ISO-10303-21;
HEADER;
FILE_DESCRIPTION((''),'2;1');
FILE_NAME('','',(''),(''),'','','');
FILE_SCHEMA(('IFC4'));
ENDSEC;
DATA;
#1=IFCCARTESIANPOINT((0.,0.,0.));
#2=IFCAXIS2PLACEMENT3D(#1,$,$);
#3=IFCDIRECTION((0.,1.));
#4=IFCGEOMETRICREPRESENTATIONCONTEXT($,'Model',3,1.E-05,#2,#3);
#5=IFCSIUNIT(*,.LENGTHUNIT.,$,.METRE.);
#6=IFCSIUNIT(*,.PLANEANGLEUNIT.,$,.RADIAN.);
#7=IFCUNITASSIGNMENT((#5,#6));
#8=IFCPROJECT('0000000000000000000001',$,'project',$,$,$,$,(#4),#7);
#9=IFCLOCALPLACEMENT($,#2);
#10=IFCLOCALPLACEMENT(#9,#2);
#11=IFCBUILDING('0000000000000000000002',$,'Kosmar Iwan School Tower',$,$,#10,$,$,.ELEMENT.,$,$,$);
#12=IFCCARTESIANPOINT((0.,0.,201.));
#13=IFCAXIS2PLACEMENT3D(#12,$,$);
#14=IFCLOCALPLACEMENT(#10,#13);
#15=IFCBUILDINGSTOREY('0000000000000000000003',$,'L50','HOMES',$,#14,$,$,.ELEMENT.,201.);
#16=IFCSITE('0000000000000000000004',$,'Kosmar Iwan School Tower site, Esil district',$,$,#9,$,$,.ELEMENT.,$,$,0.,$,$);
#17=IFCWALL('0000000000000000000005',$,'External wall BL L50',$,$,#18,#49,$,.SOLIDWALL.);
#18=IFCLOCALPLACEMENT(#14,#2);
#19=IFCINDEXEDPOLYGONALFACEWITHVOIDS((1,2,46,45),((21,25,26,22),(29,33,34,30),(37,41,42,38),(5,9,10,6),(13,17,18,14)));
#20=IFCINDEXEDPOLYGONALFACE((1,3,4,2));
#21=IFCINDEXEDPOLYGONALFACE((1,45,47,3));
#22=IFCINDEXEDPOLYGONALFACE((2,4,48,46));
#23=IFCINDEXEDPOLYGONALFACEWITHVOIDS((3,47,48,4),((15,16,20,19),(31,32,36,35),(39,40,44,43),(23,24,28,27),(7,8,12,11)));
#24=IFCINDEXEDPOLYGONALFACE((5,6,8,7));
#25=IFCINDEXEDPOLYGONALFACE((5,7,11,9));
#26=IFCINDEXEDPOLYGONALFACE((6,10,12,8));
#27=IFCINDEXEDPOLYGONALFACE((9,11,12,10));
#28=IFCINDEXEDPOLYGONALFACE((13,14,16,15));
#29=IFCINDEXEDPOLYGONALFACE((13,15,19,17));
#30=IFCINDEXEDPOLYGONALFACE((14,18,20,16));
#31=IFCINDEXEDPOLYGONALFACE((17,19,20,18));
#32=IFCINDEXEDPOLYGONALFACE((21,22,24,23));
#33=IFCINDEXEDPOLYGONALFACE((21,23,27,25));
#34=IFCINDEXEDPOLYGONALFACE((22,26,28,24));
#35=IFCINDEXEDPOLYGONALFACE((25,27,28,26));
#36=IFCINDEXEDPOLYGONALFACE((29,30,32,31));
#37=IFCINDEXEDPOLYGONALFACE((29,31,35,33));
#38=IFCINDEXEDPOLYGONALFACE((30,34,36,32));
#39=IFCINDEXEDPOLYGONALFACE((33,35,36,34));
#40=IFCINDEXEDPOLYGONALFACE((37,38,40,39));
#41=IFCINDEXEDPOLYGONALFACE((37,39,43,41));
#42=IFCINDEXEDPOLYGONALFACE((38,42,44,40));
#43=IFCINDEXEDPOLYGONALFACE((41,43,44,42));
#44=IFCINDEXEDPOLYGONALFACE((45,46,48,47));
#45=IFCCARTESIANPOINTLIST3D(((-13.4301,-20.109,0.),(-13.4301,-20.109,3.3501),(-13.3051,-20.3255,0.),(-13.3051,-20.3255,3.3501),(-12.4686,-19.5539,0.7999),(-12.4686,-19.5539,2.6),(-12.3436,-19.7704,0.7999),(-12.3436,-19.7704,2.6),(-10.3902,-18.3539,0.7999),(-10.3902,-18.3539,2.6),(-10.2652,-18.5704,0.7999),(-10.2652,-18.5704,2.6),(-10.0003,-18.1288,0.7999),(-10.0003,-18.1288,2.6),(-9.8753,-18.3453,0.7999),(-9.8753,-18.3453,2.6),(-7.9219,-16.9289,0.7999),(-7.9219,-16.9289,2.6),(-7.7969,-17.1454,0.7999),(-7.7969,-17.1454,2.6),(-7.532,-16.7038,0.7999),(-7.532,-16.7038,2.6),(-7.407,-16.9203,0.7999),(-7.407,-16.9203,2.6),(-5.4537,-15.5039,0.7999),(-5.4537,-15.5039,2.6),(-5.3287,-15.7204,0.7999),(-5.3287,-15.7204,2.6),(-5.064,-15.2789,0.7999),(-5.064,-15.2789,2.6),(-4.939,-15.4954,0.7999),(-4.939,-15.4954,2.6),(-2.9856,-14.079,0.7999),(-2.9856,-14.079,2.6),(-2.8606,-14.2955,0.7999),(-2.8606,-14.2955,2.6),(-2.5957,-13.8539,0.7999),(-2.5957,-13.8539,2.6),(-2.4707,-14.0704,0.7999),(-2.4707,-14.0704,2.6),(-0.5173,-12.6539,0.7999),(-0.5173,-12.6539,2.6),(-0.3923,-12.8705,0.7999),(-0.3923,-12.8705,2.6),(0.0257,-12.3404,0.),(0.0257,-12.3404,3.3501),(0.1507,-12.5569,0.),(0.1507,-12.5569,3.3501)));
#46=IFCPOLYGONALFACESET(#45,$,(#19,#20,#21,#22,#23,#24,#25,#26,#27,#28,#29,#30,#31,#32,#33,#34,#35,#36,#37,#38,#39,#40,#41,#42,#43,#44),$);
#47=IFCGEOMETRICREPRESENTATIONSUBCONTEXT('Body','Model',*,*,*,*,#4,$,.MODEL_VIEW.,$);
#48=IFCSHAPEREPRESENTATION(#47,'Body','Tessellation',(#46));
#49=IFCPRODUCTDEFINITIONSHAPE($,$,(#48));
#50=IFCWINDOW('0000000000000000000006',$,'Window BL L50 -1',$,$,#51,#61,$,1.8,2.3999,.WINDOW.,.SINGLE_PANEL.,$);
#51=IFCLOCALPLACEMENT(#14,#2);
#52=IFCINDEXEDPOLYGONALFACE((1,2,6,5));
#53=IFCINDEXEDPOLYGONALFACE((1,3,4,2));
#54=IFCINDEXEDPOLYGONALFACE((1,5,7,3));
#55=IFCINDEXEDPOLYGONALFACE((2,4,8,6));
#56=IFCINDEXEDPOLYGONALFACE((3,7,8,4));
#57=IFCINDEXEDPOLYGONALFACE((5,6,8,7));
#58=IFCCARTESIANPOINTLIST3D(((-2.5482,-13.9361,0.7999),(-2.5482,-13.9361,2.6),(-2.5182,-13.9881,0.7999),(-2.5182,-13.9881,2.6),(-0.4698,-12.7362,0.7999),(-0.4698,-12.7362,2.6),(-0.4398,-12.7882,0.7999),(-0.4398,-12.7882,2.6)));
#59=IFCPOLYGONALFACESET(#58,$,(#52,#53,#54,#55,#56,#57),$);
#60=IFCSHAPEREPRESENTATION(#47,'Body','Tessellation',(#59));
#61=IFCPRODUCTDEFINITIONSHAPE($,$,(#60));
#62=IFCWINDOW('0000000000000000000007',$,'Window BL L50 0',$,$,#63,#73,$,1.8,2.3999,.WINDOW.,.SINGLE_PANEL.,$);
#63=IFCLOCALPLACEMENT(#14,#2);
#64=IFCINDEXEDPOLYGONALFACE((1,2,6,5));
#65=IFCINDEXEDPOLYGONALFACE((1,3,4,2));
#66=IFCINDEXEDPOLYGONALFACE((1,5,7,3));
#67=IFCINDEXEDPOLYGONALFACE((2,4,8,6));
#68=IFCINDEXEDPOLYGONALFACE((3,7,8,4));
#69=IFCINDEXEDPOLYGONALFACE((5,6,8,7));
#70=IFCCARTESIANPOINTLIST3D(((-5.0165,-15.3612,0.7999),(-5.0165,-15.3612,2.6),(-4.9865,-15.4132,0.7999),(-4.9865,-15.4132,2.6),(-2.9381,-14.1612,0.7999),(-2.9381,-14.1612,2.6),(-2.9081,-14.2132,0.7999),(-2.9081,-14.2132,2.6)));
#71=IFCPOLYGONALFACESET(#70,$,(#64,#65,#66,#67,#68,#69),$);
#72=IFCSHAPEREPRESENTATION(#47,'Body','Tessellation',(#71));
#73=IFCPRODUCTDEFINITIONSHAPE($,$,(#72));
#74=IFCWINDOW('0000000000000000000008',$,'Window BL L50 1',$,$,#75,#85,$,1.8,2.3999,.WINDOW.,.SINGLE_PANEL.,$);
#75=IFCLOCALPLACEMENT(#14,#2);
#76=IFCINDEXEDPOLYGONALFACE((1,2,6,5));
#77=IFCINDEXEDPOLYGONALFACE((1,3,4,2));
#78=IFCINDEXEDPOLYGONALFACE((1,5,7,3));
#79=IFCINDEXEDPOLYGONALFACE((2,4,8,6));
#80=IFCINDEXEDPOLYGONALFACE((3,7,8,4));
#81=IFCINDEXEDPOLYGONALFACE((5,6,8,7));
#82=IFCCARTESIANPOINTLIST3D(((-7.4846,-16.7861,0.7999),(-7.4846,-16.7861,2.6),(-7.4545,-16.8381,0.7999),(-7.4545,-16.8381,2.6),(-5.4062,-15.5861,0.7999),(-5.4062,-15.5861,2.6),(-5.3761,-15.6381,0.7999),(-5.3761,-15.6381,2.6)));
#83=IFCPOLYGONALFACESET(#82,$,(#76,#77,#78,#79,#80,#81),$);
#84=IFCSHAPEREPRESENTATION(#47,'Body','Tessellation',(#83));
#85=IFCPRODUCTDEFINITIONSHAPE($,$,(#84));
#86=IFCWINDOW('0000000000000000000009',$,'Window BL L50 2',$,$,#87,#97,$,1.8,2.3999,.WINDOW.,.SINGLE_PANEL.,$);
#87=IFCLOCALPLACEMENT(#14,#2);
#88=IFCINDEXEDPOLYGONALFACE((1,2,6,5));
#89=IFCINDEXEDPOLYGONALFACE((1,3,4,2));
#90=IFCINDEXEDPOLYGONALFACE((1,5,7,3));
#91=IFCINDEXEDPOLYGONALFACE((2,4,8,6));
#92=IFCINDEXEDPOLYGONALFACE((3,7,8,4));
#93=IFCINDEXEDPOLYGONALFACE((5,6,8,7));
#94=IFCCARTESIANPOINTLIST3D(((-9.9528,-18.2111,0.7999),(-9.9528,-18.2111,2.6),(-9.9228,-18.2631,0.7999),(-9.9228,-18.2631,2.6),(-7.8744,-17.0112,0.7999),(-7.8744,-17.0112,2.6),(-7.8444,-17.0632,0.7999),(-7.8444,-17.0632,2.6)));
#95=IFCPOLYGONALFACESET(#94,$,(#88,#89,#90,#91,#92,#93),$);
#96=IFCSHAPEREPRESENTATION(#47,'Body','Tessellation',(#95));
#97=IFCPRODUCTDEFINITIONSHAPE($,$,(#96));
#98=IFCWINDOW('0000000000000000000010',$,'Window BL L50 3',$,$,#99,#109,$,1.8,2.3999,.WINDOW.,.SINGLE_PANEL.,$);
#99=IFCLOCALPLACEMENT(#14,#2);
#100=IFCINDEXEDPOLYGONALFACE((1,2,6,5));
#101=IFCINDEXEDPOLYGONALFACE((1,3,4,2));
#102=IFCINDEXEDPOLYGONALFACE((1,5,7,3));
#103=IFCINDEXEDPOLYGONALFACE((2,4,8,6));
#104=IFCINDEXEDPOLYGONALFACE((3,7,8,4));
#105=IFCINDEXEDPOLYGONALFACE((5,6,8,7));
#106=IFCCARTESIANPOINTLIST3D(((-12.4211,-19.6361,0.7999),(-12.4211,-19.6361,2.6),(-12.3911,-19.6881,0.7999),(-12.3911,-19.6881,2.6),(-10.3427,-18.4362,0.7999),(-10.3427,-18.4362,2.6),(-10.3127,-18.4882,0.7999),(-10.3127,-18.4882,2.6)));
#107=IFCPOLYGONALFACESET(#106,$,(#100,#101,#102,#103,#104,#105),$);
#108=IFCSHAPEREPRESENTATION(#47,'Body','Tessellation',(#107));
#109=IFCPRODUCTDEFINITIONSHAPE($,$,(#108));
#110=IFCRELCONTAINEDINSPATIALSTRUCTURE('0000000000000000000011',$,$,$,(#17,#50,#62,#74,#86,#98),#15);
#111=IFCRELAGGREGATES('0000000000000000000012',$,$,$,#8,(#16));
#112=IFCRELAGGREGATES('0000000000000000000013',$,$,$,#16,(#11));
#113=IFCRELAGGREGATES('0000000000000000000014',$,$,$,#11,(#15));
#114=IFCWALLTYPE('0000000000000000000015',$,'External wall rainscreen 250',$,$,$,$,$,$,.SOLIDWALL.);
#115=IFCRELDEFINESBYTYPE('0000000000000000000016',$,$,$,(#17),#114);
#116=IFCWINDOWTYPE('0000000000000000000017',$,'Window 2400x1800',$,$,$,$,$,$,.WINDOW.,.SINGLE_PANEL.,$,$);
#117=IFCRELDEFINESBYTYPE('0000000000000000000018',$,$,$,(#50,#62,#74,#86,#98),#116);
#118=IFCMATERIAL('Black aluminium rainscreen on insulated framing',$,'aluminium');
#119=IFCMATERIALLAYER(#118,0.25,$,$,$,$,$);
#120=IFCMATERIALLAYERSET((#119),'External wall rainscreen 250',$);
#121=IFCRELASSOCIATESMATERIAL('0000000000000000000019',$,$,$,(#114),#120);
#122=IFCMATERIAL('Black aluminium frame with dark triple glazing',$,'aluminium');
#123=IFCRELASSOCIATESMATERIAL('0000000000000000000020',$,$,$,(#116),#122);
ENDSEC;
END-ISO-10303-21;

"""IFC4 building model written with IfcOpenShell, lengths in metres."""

from ifc_helpers import new_model, si_unit, direction, frame, frame_2d, origin, place, context, subcontext, project, spatial, rectangle, extrude, material, layer, layer_set, type_object, element, fill, save


model = new_model("IFC4")

# Units and contexts
model_context = context("Model", 3, precision=1e-05, world=origin(), true_north=direction((0.0, 1.0)))
body_context = subcontext(model_context, "Body", "Model", "MODEL_VIEW")
ifc_project = project(units=[si_unit("LENGTHUNIT", "METRE"), si_unit("PLANEANGLEUNIT", "RADIAN")], contexts=[model_context])

# Site, building, storey
site_placement = place(None, origin())
site = spatial("IfcSite", under=ifc_project, at=site_placement, Name="Kosmar Iwan School Tower site, Esil district", CompositionType="ELEMENT", RefElevation=0.0)
building_placement = place(site_placement, origin())
building = spatial("IfcBuilding", under=site, at=building_placement, Name="Kosmar Iwan School Tower", CompositionType="ELEMENT")
storey_placement = place(building_placement, frame((0.0, 0.0, 201.0)))
storey = spatial("IfcBuildingStorey", under=building, at=storey_placement, Name="L50", Description="HOMES", CompositionType="ELEMENT", Elevation=201.0)

# Wall, openings, windows
ifc_material_1 = material(Name="Black aluminium rainscreen on insulated framing", Category="aluminium")
ifc_layer_1 = layer(ifc_material_1, 0.25)
ifc_layer_set_1 = layer_set([ifc_layer_1], Name="External wall rainscreen 250")
wall_type_1 = type_object("IfcWallType", Name="External wall rainscreen 250", PredefinedType="SOLIDWALL", material=ifc_layer_set_1)
wall_1_placement = place(storey_placement, frame((0.0881, -12.4487, 0.0), z_axis=(0.0, 0.0, 1.0), x_axis=(-0.86603, -0.499992, 0.0)))
wall_1 = element("IfcWall", 1, at=wall_1_placement, inside=storey, type_object=wall_type_1, Name="External wall BL L50", PredefinedType="SOLIDWALL", context=body_context, shape_type="SweptSolid", body=[
    extrude(rectangle(XDim=15.5374, YDim=0.25, at=frame_2d((7.7686, 0.0))), origin(), (0.0, 0.0, 1.0), 3.3501),
])
opening_1_placement = place(wall_1_placement, frame((0.627, 0.0, 0.8)))
opening_1 = element("IfcOpeningElement", 2, at=opening_1_placement, cuts=wall_1, PredefinedType="OPENING", context=body_context, shape_type="SweptSolid", body=[
    extrude(rectangle(XDim=2.3999, YDim=1.8, at=frame_2d((1.2, 0.8999))), frame((0.0, 0.137, 0.0), z_axis=(0.0, -1.0, 0.0), x_axis=(1.0, 0.0, 0.0)), (0.0, 0.0, 1.0), 0.2739),
])
opening_2_placement = place(wall_1_placement, frame((3.4771, 0.0, 0.8)))
opening_2 = element("IfcOpeningElement", 3, at=opening_2_placement, cuts=wall_1, PredefinedType="OPENING", context=body_context, shape_type="SweptSolid", body=[
    extrude(rectangle(XDim=2.3999, YDim=1.8, at=frame_2d((1.2, 0.8999))), frame((0.0, 0.137, 0.0), z_axis=(0.0, -1.0, 0.0), x_axis=(1.0, 0.0, 0.0)), (0.0, 0.0, 1.0), 0.2739),
])
opening_3_placement = place(wall_1_placement, frame((6.3269, 0.0, 0.8)))
opening_3 = element("IfcOpeningElement", 4, at=opening_3_placement, cuts=wall_1, PredefinedType="OPENING", context=body_context, shape_type="SweptSolid", body=[
    extrude(rectangle(XDim=2.3999, YDim=1.8, at=frame_2d((1.2, 0.8999))), frame((0.0, 0.137, 0.0), z_axis=(0.0, -1.0, 0.0), x_axis=(1.0, 0.0, 0.0)), (0.0, 0.0, 1.0), 0.2739),
])
opening_4_placement = place(wall_1_placement, frame((9.177, 0.0, 0.8)))
opening_4 = element("IfcOpeningElement", 5, at=opening_4_placement, cuts=wall_1, PredefinedType="OPENING", context=body_context, shape_type="SweptSolid", body=[
    extrude(rectangle(XDim=2.3999, YDim=1.8, at=frame_2d((1.2, 0.8999))), frame((0.0, 0.137, 0.0), z_axis=(0.0, -1.0, 0.0), x_axis=(1.0, 0.0, 0.0)), (0.0, 0.0, 1.0), 0.2739),
])
opening_5_placement = place(wall_1_placement, frame((12.0271, 0.0, 0.8)))
opening_5 = element("IfcOpeningElement", 6, at=opening_5_placement, cuts=wall_1, PredefinedType="OPENING", context=body_context, shape_type="SweptSolid", body=[
    extrude(rectangle(XDim=2.3999, YDim=1.8, at=frame_2d((1.2, 0.8999))), frame((0.0, 0.137, 0.0), z_axis=(0.0, -1.0, 0.0), x_axis=(1.0, 0.0, 0.0)), (0.0, 0.0, 1.0), 0.2739),
])
ifc_material_2 = material(Name="Black aluminium frame with dark triple glazing", Category="aluminium")
window_type = type_object("IfcWindowType", Name="Window 2400x1800", PartitioningType="SINGLE_PANEL", PredefinedType="WINDOW", material=ifc_material_2)
window_1_placement = place(opening_1_placement, origin())
window_1 = element("IfcWindow", 7, at=window_1_placement, inside=storey, type_object=window_type, Name="Window BL L50 -1", OverallHeight=1.8, OverallWidth=2.3999, PartitioningType="SINGLE_PANEL", PredefinedType="WINDOW", context=body_context, shape_type="SweptSolid", body=[
    extrude(rectangle(XDim=2.3999, YDim=1.8, at=frame_2d((1.2, 0.8999))), frame((0.0, 0.03, 0.0), z_axis=(0.0, -1.0, 0.0), x_axis=(1.0, 0.0, 0.0)), (0.0, 0.0, 1.0), 0.0601),
])
fill(opening_1, window_1)
window_2_placement = place(opening_2_placement, origin())
window_2 = element("IfcWindow", 8, at=window_2_placement, inside=storey, type_object=window_type, Name="Window BL L50 0", OverallHeight=1.8, OverallWidth=2.3999, PartitioningType="SINGLE_PANEL", PredefinedType="WINDOW", context=body_context, shape_type="SweptSolid", body=[
    extrude(rectangle(XDim=2.3999, YDim=1.8, at=frame_2d((1.2, 0.8999))), frame((0.0, 0.03, 0.0), z_axis=(0.0, -1.0, 0.0), x_axis=(1.0, 0.0, 0.0)), (0.0, 0.0, 1.0), 0.0601),
])
fill(opening_2, window_2)
window_3_placement = place(opening_3_placement, origin())
window_3 = element("IfcWindow", 9, at=window_3_placement, inside=storey, type_object=window_type, Name="Window BL L50 1", OverallHeight=1.8, OverallWidth=2.3999, PartitioningType="SINGLE_PANEL", PredefinedType="WINDOW", context=body_context, shape_type="SweptSolid", body=[
    extrude(rectangle(XDim=2.3999, YDim=1.8, at=frame_2d((1.2, 0.8999))), frame((0.0, 0.03, 0.0), z_axis=(0.0, -1.0, 0.0), x_axis=(1.0, 0.0, 0.0)), (0.0, 0.0, 1.0), 0.0601),
])
fill(opening_3, window_3)
window_4_placement = place(opening_4_placement, origin())
window_4 = element("IfcWindow", 10, at=window_4_placement, inside=storey, type_object=window_type, Name="Window BL L50 2", OverallHeight=1.8, OverallWidth=2.3999, PartitioningType="SINGLE_PANEL", PredefinedType="WINDOW", context=body_context, shape_type="SweptSolid", body=[
    extrude(rectangle(XDim=2.3999, YDim=1.8, at=frame_2d((1.2, 0.8999))), frame((0.0, 0.03, 0.0), z_axis=(0.0, -1.0, 0.0), x_axis=(1.0, 0.0, 0.0)), (0.0, 0.0, 1.0), 0.0601),
])
fill(opening_4, window_4)
window_5_placement = place(opening_5_placement, origin())
window_5 = element("IfcWindow", 11, at=window_5_placement, inside=storey, type_object=window_type, Name="Window BL L50 3", OverallHeight=1.8, OverallWidth=2.3999, PartitioningType="SINGLE_PANEL", PredefinedType="WINDOW", context=body_context, shape_type="SweptSolid", body=[
    extrude(rectangle(XDim=2.3999, YDim=1.8, at=frame_2d((1.2, 0.8999))), frame((0.0, 0.03, 0.0), z_axis=(0.0, -1.0, 0.0), x_axis=(1.0, 0.0, 0.0)), (0.0, 0.0, 1.0), 0.0601),
])
fill(opening_5, window_5)

save(model, "model.ifc")
